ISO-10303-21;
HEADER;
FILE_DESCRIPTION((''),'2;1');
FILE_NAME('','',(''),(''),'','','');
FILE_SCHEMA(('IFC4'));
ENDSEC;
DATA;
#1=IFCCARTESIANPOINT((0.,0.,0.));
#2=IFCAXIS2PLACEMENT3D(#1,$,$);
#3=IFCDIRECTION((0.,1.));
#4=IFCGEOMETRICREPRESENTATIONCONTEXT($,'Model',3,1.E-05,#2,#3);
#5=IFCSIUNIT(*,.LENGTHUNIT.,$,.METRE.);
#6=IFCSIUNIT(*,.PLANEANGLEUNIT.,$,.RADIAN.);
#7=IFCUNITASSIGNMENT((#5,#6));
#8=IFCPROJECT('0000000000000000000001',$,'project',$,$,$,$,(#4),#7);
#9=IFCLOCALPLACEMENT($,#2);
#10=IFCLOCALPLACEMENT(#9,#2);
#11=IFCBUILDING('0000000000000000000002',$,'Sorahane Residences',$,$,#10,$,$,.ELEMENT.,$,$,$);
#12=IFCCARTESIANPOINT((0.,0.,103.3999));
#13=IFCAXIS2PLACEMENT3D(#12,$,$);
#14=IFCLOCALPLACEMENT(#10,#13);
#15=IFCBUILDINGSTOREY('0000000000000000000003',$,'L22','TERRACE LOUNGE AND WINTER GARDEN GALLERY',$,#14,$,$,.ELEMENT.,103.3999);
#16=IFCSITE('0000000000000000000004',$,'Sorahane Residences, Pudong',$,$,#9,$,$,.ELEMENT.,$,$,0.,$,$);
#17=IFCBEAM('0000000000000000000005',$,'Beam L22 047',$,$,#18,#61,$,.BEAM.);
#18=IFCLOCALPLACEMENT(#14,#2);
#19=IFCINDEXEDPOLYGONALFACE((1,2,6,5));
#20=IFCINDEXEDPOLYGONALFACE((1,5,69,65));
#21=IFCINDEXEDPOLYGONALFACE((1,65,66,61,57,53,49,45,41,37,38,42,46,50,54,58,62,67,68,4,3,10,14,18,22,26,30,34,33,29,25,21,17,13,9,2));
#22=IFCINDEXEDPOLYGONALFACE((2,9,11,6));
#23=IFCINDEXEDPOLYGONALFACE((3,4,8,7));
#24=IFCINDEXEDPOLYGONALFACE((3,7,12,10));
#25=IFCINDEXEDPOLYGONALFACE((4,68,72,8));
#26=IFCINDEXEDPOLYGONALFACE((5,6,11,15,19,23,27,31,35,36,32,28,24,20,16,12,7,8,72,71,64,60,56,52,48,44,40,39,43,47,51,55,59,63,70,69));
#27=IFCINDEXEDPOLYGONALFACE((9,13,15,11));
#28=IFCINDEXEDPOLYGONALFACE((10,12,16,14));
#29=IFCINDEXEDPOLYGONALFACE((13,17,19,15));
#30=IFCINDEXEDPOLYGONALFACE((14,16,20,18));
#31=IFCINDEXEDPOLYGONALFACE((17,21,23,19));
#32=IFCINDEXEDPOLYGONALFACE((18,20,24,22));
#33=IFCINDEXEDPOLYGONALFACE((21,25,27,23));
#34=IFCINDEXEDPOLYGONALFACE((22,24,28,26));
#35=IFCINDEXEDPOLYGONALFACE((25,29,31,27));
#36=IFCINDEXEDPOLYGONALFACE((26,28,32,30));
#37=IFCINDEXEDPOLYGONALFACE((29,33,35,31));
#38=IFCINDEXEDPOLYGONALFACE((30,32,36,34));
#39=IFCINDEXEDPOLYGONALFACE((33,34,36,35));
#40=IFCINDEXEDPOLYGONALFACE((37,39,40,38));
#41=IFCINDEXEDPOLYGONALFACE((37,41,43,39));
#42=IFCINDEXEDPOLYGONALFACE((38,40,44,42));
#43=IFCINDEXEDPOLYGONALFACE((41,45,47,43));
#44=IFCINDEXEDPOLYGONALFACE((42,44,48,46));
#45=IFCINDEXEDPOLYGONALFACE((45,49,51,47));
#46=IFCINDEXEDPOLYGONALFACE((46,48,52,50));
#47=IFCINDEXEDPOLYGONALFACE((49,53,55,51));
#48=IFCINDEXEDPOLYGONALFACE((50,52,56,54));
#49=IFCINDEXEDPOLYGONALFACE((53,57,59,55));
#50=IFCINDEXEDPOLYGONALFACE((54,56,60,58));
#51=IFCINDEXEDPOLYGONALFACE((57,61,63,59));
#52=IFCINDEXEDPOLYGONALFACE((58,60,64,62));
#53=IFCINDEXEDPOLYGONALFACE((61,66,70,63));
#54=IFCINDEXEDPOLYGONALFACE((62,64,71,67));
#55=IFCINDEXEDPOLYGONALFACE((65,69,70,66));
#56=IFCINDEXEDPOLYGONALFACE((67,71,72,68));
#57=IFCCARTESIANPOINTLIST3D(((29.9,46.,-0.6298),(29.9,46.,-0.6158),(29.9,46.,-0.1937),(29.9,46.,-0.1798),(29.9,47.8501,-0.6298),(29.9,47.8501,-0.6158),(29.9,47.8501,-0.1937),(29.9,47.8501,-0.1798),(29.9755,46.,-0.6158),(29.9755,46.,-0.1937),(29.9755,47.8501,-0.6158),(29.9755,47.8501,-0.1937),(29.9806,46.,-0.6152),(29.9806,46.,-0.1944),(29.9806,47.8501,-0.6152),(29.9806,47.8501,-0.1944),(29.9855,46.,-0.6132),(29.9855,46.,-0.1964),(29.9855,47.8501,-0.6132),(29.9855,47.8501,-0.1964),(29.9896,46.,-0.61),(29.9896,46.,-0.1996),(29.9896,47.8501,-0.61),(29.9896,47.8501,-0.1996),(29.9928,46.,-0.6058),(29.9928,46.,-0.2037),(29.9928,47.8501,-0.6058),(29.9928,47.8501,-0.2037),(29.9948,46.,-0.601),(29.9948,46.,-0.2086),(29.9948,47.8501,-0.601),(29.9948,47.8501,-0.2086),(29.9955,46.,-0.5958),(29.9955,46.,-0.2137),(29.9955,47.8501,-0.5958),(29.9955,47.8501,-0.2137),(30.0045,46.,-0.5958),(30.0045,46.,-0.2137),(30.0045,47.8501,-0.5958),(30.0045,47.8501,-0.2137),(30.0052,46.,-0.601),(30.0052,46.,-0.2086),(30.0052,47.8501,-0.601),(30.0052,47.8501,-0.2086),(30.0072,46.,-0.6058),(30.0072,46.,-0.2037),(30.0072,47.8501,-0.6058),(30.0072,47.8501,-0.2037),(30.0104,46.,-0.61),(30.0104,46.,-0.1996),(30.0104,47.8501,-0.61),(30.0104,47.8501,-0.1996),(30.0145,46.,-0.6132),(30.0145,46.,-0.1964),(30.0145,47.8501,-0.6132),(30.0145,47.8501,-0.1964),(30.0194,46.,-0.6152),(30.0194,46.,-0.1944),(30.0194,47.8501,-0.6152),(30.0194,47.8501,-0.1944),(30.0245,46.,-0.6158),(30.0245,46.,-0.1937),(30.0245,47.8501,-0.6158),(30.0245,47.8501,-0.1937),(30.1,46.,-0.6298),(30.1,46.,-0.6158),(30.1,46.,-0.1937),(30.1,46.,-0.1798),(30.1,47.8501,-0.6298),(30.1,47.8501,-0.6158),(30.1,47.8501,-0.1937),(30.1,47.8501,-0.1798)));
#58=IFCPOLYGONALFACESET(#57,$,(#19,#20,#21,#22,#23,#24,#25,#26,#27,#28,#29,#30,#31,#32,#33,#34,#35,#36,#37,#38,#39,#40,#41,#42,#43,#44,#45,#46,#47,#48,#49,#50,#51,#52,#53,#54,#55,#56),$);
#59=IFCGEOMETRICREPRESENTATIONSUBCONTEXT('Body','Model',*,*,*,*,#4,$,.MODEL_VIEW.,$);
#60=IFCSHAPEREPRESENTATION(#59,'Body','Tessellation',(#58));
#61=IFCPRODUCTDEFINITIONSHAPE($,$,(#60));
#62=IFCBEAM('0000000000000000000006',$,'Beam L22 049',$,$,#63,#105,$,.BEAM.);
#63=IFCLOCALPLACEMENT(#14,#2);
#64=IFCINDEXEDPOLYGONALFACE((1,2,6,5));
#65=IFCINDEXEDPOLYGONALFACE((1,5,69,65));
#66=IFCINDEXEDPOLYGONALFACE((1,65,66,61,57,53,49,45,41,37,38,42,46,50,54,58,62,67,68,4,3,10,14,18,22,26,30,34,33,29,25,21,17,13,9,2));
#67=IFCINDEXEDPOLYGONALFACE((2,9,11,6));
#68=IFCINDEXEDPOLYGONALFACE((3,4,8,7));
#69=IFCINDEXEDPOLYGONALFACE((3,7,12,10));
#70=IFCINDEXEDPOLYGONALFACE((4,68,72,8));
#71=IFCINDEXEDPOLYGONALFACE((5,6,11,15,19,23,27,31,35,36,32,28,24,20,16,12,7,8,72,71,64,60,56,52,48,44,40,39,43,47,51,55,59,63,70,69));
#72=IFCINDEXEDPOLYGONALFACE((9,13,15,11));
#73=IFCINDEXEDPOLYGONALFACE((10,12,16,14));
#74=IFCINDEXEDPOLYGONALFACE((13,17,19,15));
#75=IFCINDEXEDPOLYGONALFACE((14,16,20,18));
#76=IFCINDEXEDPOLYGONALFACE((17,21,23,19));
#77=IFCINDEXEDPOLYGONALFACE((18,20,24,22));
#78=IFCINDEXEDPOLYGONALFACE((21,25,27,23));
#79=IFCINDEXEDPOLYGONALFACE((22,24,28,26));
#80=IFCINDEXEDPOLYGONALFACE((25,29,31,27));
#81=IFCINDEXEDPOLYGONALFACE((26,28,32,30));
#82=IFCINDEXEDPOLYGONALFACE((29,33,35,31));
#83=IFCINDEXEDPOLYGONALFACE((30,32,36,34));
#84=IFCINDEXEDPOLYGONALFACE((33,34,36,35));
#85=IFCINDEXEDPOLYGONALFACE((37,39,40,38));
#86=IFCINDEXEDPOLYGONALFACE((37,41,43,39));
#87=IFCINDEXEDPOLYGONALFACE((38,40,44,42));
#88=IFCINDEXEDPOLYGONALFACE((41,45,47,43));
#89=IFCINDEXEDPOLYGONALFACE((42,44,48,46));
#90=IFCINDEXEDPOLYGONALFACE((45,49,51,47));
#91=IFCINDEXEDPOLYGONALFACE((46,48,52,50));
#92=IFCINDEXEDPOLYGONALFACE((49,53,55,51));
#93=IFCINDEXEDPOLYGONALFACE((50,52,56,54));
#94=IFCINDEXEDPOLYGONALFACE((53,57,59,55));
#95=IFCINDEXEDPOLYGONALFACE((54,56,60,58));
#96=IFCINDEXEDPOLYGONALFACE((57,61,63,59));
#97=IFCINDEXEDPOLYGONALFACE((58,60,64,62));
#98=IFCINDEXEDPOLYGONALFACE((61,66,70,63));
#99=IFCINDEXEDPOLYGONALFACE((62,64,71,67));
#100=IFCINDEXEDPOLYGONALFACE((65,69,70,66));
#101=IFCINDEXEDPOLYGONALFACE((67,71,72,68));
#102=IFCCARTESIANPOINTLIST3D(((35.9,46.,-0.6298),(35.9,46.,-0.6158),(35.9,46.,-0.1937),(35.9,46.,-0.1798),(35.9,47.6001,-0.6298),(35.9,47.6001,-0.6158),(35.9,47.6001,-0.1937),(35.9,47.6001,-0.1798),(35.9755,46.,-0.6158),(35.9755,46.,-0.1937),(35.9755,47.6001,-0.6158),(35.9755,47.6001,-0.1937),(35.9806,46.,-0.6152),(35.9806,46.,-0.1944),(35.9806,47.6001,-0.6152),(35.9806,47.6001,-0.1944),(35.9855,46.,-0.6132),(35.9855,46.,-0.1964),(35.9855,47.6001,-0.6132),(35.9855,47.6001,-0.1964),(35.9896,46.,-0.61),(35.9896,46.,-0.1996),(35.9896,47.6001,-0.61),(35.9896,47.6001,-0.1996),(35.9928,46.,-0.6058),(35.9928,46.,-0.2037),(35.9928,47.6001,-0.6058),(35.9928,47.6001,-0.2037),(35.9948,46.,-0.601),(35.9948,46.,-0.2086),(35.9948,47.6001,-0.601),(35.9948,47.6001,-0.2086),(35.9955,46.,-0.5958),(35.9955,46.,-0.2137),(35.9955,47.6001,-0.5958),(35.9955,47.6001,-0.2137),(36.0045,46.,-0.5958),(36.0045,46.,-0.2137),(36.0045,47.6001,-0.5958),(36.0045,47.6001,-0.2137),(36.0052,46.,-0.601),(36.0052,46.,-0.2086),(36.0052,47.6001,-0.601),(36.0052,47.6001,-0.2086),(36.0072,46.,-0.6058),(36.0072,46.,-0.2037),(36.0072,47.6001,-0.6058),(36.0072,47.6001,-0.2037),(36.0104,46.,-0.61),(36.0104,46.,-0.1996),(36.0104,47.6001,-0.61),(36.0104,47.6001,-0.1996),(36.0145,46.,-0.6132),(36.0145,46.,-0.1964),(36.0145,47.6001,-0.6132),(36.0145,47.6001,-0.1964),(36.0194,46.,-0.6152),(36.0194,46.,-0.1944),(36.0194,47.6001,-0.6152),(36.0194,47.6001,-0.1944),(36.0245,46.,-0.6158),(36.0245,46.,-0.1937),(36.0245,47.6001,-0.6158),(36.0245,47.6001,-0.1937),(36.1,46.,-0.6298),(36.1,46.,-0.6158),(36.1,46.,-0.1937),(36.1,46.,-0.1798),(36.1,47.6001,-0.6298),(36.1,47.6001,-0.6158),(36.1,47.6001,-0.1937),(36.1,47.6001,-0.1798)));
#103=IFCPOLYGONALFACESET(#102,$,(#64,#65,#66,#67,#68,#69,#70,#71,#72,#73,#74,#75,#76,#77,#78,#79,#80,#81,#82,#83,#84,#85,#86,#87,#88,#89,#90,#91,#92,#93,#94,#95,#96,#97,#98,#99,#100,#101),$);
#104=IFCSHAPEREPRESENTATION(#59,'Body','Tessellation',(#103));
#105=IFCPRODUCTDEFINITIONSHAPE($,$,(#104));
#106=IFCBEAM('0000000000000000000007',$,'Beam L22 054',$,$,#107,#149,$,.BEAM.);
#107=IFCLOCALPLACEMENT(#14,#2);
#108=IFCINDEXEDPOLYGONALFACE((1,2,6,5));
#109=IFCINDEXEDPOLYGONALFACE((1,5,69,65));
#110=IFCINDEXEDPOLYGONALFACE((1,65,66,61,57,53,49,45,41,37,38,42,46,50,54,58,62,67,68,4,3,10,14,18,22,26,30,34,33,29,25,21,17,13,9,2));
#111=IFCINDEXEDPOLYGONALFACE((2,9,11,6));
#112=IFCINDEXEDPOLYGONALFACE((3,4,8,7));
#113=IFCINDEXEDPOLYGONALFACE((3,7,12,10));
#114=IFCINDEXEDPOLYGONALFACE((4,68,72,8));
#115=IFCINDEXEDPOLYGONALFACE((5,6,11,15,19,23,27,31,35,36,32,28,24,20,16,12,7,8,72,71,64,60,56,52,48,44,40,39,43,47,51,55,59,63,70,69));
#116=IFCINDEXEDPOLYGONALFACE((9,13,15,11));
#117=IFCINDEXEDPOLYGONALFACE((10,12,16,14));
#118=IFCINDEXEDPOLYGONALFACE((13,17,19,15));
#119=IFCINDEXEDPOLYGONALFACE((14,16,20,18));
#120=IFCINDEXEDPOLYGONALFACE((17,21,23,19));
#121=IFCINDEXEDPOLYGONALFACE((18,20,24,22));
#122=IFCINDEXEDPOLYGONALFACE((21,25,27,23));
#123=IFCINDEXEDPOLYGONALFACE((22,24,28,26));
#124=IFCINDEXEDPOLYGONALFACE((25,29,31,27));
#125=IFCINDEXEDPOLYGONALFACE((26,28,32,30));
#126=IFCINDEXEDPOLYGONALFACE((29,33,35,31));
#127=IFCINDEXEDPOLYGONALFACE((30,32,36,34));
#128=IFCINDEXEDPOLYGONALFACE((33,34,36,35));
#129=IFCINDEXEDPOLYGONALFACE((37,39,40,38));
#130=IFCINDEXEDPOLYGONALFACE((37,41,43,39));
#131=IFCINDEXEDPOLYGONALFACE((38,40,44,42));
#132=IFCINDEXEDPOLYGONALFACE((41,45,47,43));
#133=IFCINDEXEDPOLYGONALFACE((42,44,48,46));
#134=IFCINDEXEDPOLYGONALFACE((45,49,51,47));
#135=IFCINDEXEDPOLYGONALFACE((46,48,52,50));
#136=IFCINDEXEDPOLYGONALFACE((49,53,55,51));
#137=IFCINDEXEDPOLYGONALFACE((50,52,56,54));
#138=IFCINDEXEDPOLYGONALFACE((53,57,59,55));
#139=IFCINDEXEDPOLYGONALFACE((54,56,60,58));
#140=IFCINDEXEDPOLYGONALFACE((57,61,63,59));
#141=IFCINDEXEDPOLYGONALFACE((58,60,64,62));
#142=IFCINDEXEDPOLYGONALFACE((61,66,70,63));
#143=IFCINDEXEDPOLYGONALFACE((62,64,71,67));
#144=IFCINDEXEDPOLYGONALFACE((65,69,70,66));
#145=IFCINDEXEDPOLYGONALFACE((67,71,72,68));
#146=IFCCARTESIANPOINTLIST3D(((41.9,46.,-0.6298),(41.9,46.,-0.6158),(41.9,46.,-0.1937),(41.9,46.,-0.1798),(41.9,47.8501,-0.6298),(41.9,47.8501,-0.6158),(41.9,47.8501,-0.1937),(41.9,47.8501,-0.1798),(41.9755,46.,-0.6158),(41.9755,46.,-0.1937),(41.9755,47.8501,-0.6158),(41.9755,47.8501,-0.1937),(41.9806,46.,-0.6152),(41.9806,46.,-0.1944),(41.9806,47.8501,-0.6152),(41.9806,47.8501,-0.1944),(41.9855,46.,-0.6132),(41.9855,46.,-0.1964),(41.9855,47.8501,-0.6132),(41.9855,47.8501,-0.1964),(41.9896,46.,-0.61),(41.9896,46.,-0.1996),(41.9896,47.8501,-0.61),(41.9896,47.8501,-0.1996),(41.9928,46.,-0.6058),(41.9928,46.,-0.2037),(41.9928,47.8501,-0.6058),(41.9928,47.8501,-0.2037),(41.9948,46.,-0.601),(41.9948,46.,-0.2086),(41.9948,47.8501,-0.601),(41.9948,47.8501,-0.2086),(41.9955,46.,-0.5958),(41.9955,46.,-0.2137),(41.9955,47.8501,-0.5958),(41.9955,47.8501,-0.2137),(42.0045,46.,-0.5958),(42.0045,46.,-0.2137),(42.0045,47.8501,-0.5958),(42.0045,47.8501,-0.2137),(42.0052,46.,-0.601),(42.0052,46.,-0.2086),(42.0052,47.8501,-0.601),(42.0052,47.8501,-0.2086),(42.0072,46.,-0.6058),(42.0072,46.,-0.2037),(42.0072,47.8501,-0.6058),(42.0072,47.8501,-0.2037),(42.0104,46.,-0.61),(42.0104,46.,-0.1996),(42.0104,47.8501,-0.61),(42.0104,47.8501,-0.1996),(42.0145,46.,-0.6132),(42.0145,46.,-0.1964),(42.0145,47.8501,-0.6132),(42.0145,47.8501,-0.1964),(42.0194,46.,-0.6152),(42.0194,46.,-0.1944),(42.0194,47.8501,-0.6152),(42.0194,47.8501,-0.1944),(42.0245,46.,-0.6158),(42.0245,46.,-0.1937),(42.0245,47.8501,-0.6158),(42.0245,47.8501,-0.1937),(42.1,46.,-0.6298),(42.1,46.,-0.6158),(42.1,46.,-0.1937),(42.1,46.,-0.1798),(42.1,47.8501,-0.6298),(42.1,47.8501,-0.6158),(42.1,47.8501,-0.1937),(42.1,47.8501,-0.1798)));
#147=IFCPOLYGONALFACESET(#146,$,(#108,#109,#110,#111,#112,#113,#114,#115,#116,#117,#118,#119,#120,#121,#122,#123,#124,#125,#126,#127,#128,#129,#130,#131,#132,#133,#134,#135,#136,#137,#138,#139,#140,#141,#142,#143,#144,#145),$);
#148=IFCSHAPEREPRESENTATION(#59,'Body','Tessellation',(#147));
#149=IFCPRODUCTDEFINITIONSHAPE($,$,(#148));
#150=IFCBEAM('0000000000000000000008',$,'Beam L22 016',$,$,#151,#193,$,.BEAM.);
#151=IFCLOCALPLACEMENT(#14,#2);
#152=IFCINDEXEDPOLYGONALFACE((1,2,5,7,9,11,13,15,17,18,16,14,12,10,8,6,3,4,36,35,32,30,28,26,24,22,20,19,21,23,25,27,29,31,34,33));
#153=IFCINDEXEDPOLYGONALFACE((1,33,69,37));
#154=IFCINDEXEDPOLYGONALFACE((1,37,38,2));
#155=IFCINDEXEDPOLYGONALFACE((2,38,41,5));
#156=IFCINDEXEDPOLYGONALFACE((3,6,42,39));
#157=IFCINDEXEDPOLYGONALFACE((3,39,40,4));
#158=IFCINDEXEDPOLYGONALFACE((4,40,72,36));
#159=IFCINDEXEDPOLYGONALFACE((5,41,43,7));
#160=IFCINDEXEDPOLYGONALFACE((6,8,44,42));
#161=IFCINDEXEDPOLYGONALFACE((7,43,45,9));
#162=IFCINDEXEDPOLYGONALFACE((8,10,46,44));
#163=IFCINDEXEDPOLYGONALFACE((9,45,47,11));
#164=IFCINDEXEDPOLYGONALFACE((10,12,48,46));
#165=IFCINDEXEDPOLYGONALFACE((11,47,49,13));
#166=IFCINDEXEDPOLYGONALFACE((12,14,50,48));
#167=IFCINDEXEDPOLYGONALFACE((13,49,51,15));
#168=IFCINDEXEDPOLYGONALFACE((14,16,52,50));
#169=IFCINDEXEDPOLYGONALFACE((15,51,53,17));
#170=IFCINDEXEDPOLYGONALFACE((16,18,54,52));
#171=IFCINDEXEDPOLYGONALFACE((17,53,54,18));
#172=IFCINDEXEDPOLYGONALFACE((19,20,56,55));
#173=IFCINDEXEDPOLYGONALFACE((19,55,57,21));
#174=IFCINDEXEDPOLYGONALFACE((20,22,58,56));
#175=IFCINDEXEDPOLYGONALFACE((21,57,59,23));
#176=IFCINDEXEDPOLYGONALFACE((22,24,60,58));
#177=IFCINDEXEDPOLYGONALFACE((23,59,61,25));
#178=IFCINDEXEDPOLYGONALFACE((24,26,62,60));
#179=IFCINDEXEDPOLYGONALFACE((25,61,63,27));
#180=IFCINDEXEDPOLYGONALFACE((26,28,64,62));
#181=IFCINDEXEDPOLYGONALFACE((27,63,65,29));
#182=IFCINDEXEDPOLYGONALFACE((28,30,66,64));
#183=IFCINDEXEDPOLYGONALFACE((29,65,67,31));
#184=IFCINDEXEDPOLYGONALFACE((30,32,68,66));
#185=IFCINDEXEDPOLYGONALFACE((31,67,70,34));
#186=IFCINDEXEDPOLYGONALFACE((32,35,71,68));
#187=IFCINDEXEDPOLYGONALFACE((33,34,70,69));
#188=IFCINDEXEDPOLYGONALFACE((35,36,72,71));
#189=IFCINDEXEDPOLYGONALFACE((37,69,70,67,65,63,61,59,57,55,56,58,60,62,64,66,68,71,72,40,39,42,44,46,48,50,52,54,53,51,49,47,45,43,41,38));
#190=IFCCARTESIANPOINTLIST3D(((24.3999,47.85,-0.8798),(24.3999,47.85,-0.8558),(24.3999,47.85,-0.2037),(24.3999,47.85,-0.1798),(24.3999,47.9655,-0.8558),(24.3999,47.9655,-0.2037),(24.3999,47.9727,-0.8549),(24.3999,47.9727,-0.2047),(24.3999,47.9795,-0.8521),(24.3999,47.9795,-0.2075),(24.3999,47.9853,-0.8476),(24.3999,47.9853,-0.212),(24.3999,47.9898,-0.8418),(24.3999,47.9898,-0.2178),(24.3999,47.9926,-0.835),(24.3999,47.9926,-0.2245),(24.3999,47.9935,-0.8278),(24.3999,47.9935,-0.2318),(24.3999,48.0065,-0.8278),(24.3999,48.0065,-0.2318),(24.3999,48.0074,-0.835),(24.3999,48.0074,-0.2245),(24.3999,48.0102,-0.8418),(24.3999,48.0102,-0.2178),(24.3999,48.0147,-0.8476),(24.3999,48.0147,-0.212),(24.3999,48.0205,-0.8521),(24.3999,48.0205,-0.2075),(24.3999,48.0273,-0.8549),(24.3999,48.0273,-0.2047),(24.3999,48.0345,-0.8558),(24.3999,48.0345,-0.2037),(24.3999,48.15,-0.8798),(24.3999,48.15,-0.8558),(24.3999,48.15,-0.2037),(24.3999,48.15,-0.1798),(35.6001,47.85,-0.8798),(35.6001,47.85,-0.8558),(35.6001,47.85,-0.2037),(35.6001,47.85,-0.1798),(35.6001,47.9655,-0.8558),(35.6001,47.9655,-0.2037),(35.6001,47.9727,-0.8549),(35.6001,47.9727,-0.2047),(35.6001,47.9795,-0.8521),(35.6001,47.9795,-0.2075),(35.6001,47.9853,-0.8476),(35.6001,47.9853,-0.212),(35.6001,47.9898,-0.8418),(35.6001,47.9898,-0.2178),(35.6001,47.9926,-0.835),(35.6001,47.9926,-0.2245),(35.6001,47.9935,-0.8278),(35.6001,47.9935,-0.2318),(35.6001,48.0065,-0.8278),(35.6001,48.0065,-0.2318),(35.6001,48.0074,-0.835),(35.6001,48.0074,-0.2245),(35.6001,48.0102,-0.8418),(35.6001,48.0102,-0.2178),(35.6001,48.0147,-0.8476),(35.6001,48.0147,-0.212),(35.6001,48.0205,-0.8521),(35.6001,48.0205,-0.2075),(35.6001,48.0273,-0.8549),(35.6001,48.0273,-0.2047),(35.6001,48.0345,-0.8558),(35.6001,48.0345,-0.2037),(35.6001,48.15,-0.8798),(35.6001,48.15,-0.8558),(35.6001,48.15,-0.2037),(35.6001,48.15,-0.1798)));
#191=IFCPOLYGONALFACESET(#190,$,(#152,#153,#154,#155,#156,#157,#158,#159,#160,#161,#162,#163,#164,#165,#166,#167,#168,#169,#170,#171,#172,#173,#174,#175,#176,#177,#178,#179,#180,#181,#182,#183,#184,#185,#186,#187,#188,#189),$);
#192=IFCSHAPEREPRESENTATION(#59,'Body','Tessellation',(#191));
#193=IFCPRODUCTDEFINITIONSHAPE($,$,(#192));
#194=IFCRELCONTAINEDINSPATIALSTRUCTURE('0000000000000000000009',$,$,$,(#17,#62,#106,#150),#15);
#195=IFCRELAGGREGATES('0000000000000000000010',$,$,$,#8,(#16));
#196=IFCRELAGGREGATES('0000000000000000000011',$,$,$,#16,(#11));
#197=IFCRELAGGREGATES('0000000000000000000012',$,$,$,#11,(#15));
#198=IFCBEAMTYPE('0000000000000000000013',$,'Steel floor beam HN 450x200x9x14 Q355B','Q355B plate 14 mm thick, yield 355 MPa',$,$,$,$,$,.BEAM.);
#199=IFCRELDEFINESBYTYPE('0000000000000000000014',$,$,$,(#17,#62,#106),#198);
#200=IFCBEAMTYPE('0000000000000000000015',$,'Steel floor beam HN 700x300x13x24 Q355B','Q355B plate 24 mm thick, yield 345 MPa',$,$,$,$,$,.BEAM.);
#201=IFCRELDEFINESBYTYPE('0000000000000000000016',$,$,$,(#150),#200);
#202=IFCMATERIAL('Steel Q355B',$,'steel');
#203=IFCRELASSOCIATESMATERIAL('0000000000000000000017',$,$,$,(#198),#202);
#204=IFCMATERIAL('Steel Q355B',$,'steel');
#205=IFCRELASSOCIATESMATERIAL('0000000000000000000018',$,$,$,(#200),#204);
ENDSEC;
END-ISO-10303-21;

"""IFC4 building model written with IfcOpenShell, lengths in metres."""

from ifc_helpers import new_model, si_unit, direction, frame, origin, origin_2d, place, context, subcontext, project, spatial, i_section, extrude, material, material_profile, profile_set, type_object, element, save


model = new_model("IFC4")

# Units and contexts
model_context = context("Model", 3, precision=1e-05, world=origin(), true_north=direction((0.0, 1.0)))
body_context = subcontext(model_context, "Body", "Model", "MODEL_VIEW")
ifc_project = project(units=[si_unit("LENGTHUNIT", "METRE"), si_unit("PLANEANGLEUNIT", "RADIAN")], contexts=[model_context])

# Site, building, storey
site_placement = place(None, origin())
site = spatial("IfcSite", under=ifc_project, at=site_placement, Name="Sorahane Residences, Pudong", CompositionType="ELEMENT", RefElevation=0.0)
building_placement = place(site_placement, origin())
building = spatial("IfcBuilding", under=site, at=building_placement, Name="Sorahane Residences", CompositionType="ELEMENT")
storey_placement = place(building_placement, frame((0.0, 0.0, 103.3999)))
storey = spatial("IfcBuildingStorey", under=building, at=storey_placement, Name="L22", Description="TERRACE LOUNGE AND WINTER GARDEN GALLERY", CompositionType="ELEMENT", Elevation=103.3999)

# Beams
ifc_material_1 = material(Name="Steel Q355B", Category="steel")
ifc_material_profile_1 = material_profile(ifc_material_1, i_section(OverallWidth=0.2, OverallDepth=0.45, WebThickness=0.009, FlangeThickness=0.0139, FilletRadius=0.02, at=origin_2d()), Name="HN 450x200x9x14")
ifc_profile_set_1 = profile_set([ifc_material_profile_1], Name="Steel Q355B")
beam_type_1 = type_object("IfcBeamType", Name="Steel floor beam HN 450x200x9x14 Q355B", Description="Q355B plate 14 mm thick, yield 355 MPa", PredefinedType="BEAM", material=ifc_profile_set_1)
beam_1_placement = place(storey_placement, frame((30.0, 46.0, -0.4048), z_axis=(0.0, 1.0, 0.0), x_axis=(-1.0, 0.0, 0.0)))
element("IfcBeam", 1, at=beam_1_placement, inside=storey, type_object=beam_type_1, Name="Beam L22 047", PredefinedType="BEAM", context=body_context, shape_type="SweptSolid", body=[
    extrude(i_section(OverallWidth=0.2, OverallDepth=0.45, WebThickness=0.009, FlangeThickness=0.0139, FilletRadius=0.02, at=origin_2d()), origin(), (0.0, 0.0, 1.0), 1.8501),
])
beam_2_placement = place(storey_placement, frame((36.0, 46.0, -0.4048), z_axis=(0.0, 1.0, 0.0), x_axis=(-1.0, 0.0, 0.0)))
element("IfcBeam", 2, at=beam_2_placement, inside=storey, type_object=beam_type_1, Name="Beam L22 049", PredefinedType="BEAM", context=body_context, shape_type="SweptSolid", body=[
    extrude(i_section(OverallWidth=0.2, OverallDepth=0.45, WebThickness=0.009, FlangeThickness=0.0139, FilletRadius=0.02, at=origin_2d()), origin(), (0.0, 0.0, 1.0), 1.6001),
])
beam_3_placement = place(storey_placement, frame((42.0, 46.0, -0.4048), z_axis=(0.0, 1.0, 0.0), x_axis=(-1.0, 0.0, 0.0)))
element("IfcBeam", 3, at=beam_3_placement, inside=storey, type_object=beam_type_1, Name="Beam L22 054", PredefinedType="BEAM", context=body_context, shape_type="SweptSolid", body=[
    extrude(i_section(OverallWidth=0.2, OverallDepth=0.45, WebThickness=0.009, FlangeThickness=0.0139, FilletRadius=0.02, at=origin_2d()), origin(), (0.0, 0.0, 1.0), 1.8501),
])
ifc_material_2 = material(Name="Steel Q355B", Category="steel")
ifc_material_profile_2 = material_profile(ifc_material_2, i_section(OverallWidth=0.3, OverallDepth=0.7, WebThickness=0.0129, FlangeThickness=0.0239, FilletRadius=0.0281, at=origin_2d()), Name="HN 700x300x13x24")
ifc_profile_set_2 = profile_set([ifc_material_profile_2], Name="Steel Q355B")
beam_type_2 = type_object("IfcBeamType", Name="Steel floor beam HN 700x300x13x24 Q355B", Description="Q355B plate 24 mm thick, yield 345 MPa", PredefinedType="BEAM", material=ifc_profile_set_2)
for number, where, z_axis, x_axis, name in (
    (4, (24.3999, 48.0, -0.5298), (1.0, 0.0, 0.0), (0.0, 1.0, 0.0), "Beam L22 016"),
):
    element("IfcBeam", number, at=place(storey_placement, frame(where, z_axis=z_axis, x_axis=x_axis)), inside=storey, type_object=beam_type_2, Name=name, PredefinedType="BEAM", context=body_context, shape_type="SweptSolid", body=[
        extrude(i_section(OverallWidth=0.3, OverallDepth=0.7, WebThickness=0.0129, FlangeThickness=0.0239, FilletRadius=0.0281, at=origin_2d()), origin(), (0.0, 0.0, 1.0), 11.2002),
    ])

save(model, "model.ifc")
